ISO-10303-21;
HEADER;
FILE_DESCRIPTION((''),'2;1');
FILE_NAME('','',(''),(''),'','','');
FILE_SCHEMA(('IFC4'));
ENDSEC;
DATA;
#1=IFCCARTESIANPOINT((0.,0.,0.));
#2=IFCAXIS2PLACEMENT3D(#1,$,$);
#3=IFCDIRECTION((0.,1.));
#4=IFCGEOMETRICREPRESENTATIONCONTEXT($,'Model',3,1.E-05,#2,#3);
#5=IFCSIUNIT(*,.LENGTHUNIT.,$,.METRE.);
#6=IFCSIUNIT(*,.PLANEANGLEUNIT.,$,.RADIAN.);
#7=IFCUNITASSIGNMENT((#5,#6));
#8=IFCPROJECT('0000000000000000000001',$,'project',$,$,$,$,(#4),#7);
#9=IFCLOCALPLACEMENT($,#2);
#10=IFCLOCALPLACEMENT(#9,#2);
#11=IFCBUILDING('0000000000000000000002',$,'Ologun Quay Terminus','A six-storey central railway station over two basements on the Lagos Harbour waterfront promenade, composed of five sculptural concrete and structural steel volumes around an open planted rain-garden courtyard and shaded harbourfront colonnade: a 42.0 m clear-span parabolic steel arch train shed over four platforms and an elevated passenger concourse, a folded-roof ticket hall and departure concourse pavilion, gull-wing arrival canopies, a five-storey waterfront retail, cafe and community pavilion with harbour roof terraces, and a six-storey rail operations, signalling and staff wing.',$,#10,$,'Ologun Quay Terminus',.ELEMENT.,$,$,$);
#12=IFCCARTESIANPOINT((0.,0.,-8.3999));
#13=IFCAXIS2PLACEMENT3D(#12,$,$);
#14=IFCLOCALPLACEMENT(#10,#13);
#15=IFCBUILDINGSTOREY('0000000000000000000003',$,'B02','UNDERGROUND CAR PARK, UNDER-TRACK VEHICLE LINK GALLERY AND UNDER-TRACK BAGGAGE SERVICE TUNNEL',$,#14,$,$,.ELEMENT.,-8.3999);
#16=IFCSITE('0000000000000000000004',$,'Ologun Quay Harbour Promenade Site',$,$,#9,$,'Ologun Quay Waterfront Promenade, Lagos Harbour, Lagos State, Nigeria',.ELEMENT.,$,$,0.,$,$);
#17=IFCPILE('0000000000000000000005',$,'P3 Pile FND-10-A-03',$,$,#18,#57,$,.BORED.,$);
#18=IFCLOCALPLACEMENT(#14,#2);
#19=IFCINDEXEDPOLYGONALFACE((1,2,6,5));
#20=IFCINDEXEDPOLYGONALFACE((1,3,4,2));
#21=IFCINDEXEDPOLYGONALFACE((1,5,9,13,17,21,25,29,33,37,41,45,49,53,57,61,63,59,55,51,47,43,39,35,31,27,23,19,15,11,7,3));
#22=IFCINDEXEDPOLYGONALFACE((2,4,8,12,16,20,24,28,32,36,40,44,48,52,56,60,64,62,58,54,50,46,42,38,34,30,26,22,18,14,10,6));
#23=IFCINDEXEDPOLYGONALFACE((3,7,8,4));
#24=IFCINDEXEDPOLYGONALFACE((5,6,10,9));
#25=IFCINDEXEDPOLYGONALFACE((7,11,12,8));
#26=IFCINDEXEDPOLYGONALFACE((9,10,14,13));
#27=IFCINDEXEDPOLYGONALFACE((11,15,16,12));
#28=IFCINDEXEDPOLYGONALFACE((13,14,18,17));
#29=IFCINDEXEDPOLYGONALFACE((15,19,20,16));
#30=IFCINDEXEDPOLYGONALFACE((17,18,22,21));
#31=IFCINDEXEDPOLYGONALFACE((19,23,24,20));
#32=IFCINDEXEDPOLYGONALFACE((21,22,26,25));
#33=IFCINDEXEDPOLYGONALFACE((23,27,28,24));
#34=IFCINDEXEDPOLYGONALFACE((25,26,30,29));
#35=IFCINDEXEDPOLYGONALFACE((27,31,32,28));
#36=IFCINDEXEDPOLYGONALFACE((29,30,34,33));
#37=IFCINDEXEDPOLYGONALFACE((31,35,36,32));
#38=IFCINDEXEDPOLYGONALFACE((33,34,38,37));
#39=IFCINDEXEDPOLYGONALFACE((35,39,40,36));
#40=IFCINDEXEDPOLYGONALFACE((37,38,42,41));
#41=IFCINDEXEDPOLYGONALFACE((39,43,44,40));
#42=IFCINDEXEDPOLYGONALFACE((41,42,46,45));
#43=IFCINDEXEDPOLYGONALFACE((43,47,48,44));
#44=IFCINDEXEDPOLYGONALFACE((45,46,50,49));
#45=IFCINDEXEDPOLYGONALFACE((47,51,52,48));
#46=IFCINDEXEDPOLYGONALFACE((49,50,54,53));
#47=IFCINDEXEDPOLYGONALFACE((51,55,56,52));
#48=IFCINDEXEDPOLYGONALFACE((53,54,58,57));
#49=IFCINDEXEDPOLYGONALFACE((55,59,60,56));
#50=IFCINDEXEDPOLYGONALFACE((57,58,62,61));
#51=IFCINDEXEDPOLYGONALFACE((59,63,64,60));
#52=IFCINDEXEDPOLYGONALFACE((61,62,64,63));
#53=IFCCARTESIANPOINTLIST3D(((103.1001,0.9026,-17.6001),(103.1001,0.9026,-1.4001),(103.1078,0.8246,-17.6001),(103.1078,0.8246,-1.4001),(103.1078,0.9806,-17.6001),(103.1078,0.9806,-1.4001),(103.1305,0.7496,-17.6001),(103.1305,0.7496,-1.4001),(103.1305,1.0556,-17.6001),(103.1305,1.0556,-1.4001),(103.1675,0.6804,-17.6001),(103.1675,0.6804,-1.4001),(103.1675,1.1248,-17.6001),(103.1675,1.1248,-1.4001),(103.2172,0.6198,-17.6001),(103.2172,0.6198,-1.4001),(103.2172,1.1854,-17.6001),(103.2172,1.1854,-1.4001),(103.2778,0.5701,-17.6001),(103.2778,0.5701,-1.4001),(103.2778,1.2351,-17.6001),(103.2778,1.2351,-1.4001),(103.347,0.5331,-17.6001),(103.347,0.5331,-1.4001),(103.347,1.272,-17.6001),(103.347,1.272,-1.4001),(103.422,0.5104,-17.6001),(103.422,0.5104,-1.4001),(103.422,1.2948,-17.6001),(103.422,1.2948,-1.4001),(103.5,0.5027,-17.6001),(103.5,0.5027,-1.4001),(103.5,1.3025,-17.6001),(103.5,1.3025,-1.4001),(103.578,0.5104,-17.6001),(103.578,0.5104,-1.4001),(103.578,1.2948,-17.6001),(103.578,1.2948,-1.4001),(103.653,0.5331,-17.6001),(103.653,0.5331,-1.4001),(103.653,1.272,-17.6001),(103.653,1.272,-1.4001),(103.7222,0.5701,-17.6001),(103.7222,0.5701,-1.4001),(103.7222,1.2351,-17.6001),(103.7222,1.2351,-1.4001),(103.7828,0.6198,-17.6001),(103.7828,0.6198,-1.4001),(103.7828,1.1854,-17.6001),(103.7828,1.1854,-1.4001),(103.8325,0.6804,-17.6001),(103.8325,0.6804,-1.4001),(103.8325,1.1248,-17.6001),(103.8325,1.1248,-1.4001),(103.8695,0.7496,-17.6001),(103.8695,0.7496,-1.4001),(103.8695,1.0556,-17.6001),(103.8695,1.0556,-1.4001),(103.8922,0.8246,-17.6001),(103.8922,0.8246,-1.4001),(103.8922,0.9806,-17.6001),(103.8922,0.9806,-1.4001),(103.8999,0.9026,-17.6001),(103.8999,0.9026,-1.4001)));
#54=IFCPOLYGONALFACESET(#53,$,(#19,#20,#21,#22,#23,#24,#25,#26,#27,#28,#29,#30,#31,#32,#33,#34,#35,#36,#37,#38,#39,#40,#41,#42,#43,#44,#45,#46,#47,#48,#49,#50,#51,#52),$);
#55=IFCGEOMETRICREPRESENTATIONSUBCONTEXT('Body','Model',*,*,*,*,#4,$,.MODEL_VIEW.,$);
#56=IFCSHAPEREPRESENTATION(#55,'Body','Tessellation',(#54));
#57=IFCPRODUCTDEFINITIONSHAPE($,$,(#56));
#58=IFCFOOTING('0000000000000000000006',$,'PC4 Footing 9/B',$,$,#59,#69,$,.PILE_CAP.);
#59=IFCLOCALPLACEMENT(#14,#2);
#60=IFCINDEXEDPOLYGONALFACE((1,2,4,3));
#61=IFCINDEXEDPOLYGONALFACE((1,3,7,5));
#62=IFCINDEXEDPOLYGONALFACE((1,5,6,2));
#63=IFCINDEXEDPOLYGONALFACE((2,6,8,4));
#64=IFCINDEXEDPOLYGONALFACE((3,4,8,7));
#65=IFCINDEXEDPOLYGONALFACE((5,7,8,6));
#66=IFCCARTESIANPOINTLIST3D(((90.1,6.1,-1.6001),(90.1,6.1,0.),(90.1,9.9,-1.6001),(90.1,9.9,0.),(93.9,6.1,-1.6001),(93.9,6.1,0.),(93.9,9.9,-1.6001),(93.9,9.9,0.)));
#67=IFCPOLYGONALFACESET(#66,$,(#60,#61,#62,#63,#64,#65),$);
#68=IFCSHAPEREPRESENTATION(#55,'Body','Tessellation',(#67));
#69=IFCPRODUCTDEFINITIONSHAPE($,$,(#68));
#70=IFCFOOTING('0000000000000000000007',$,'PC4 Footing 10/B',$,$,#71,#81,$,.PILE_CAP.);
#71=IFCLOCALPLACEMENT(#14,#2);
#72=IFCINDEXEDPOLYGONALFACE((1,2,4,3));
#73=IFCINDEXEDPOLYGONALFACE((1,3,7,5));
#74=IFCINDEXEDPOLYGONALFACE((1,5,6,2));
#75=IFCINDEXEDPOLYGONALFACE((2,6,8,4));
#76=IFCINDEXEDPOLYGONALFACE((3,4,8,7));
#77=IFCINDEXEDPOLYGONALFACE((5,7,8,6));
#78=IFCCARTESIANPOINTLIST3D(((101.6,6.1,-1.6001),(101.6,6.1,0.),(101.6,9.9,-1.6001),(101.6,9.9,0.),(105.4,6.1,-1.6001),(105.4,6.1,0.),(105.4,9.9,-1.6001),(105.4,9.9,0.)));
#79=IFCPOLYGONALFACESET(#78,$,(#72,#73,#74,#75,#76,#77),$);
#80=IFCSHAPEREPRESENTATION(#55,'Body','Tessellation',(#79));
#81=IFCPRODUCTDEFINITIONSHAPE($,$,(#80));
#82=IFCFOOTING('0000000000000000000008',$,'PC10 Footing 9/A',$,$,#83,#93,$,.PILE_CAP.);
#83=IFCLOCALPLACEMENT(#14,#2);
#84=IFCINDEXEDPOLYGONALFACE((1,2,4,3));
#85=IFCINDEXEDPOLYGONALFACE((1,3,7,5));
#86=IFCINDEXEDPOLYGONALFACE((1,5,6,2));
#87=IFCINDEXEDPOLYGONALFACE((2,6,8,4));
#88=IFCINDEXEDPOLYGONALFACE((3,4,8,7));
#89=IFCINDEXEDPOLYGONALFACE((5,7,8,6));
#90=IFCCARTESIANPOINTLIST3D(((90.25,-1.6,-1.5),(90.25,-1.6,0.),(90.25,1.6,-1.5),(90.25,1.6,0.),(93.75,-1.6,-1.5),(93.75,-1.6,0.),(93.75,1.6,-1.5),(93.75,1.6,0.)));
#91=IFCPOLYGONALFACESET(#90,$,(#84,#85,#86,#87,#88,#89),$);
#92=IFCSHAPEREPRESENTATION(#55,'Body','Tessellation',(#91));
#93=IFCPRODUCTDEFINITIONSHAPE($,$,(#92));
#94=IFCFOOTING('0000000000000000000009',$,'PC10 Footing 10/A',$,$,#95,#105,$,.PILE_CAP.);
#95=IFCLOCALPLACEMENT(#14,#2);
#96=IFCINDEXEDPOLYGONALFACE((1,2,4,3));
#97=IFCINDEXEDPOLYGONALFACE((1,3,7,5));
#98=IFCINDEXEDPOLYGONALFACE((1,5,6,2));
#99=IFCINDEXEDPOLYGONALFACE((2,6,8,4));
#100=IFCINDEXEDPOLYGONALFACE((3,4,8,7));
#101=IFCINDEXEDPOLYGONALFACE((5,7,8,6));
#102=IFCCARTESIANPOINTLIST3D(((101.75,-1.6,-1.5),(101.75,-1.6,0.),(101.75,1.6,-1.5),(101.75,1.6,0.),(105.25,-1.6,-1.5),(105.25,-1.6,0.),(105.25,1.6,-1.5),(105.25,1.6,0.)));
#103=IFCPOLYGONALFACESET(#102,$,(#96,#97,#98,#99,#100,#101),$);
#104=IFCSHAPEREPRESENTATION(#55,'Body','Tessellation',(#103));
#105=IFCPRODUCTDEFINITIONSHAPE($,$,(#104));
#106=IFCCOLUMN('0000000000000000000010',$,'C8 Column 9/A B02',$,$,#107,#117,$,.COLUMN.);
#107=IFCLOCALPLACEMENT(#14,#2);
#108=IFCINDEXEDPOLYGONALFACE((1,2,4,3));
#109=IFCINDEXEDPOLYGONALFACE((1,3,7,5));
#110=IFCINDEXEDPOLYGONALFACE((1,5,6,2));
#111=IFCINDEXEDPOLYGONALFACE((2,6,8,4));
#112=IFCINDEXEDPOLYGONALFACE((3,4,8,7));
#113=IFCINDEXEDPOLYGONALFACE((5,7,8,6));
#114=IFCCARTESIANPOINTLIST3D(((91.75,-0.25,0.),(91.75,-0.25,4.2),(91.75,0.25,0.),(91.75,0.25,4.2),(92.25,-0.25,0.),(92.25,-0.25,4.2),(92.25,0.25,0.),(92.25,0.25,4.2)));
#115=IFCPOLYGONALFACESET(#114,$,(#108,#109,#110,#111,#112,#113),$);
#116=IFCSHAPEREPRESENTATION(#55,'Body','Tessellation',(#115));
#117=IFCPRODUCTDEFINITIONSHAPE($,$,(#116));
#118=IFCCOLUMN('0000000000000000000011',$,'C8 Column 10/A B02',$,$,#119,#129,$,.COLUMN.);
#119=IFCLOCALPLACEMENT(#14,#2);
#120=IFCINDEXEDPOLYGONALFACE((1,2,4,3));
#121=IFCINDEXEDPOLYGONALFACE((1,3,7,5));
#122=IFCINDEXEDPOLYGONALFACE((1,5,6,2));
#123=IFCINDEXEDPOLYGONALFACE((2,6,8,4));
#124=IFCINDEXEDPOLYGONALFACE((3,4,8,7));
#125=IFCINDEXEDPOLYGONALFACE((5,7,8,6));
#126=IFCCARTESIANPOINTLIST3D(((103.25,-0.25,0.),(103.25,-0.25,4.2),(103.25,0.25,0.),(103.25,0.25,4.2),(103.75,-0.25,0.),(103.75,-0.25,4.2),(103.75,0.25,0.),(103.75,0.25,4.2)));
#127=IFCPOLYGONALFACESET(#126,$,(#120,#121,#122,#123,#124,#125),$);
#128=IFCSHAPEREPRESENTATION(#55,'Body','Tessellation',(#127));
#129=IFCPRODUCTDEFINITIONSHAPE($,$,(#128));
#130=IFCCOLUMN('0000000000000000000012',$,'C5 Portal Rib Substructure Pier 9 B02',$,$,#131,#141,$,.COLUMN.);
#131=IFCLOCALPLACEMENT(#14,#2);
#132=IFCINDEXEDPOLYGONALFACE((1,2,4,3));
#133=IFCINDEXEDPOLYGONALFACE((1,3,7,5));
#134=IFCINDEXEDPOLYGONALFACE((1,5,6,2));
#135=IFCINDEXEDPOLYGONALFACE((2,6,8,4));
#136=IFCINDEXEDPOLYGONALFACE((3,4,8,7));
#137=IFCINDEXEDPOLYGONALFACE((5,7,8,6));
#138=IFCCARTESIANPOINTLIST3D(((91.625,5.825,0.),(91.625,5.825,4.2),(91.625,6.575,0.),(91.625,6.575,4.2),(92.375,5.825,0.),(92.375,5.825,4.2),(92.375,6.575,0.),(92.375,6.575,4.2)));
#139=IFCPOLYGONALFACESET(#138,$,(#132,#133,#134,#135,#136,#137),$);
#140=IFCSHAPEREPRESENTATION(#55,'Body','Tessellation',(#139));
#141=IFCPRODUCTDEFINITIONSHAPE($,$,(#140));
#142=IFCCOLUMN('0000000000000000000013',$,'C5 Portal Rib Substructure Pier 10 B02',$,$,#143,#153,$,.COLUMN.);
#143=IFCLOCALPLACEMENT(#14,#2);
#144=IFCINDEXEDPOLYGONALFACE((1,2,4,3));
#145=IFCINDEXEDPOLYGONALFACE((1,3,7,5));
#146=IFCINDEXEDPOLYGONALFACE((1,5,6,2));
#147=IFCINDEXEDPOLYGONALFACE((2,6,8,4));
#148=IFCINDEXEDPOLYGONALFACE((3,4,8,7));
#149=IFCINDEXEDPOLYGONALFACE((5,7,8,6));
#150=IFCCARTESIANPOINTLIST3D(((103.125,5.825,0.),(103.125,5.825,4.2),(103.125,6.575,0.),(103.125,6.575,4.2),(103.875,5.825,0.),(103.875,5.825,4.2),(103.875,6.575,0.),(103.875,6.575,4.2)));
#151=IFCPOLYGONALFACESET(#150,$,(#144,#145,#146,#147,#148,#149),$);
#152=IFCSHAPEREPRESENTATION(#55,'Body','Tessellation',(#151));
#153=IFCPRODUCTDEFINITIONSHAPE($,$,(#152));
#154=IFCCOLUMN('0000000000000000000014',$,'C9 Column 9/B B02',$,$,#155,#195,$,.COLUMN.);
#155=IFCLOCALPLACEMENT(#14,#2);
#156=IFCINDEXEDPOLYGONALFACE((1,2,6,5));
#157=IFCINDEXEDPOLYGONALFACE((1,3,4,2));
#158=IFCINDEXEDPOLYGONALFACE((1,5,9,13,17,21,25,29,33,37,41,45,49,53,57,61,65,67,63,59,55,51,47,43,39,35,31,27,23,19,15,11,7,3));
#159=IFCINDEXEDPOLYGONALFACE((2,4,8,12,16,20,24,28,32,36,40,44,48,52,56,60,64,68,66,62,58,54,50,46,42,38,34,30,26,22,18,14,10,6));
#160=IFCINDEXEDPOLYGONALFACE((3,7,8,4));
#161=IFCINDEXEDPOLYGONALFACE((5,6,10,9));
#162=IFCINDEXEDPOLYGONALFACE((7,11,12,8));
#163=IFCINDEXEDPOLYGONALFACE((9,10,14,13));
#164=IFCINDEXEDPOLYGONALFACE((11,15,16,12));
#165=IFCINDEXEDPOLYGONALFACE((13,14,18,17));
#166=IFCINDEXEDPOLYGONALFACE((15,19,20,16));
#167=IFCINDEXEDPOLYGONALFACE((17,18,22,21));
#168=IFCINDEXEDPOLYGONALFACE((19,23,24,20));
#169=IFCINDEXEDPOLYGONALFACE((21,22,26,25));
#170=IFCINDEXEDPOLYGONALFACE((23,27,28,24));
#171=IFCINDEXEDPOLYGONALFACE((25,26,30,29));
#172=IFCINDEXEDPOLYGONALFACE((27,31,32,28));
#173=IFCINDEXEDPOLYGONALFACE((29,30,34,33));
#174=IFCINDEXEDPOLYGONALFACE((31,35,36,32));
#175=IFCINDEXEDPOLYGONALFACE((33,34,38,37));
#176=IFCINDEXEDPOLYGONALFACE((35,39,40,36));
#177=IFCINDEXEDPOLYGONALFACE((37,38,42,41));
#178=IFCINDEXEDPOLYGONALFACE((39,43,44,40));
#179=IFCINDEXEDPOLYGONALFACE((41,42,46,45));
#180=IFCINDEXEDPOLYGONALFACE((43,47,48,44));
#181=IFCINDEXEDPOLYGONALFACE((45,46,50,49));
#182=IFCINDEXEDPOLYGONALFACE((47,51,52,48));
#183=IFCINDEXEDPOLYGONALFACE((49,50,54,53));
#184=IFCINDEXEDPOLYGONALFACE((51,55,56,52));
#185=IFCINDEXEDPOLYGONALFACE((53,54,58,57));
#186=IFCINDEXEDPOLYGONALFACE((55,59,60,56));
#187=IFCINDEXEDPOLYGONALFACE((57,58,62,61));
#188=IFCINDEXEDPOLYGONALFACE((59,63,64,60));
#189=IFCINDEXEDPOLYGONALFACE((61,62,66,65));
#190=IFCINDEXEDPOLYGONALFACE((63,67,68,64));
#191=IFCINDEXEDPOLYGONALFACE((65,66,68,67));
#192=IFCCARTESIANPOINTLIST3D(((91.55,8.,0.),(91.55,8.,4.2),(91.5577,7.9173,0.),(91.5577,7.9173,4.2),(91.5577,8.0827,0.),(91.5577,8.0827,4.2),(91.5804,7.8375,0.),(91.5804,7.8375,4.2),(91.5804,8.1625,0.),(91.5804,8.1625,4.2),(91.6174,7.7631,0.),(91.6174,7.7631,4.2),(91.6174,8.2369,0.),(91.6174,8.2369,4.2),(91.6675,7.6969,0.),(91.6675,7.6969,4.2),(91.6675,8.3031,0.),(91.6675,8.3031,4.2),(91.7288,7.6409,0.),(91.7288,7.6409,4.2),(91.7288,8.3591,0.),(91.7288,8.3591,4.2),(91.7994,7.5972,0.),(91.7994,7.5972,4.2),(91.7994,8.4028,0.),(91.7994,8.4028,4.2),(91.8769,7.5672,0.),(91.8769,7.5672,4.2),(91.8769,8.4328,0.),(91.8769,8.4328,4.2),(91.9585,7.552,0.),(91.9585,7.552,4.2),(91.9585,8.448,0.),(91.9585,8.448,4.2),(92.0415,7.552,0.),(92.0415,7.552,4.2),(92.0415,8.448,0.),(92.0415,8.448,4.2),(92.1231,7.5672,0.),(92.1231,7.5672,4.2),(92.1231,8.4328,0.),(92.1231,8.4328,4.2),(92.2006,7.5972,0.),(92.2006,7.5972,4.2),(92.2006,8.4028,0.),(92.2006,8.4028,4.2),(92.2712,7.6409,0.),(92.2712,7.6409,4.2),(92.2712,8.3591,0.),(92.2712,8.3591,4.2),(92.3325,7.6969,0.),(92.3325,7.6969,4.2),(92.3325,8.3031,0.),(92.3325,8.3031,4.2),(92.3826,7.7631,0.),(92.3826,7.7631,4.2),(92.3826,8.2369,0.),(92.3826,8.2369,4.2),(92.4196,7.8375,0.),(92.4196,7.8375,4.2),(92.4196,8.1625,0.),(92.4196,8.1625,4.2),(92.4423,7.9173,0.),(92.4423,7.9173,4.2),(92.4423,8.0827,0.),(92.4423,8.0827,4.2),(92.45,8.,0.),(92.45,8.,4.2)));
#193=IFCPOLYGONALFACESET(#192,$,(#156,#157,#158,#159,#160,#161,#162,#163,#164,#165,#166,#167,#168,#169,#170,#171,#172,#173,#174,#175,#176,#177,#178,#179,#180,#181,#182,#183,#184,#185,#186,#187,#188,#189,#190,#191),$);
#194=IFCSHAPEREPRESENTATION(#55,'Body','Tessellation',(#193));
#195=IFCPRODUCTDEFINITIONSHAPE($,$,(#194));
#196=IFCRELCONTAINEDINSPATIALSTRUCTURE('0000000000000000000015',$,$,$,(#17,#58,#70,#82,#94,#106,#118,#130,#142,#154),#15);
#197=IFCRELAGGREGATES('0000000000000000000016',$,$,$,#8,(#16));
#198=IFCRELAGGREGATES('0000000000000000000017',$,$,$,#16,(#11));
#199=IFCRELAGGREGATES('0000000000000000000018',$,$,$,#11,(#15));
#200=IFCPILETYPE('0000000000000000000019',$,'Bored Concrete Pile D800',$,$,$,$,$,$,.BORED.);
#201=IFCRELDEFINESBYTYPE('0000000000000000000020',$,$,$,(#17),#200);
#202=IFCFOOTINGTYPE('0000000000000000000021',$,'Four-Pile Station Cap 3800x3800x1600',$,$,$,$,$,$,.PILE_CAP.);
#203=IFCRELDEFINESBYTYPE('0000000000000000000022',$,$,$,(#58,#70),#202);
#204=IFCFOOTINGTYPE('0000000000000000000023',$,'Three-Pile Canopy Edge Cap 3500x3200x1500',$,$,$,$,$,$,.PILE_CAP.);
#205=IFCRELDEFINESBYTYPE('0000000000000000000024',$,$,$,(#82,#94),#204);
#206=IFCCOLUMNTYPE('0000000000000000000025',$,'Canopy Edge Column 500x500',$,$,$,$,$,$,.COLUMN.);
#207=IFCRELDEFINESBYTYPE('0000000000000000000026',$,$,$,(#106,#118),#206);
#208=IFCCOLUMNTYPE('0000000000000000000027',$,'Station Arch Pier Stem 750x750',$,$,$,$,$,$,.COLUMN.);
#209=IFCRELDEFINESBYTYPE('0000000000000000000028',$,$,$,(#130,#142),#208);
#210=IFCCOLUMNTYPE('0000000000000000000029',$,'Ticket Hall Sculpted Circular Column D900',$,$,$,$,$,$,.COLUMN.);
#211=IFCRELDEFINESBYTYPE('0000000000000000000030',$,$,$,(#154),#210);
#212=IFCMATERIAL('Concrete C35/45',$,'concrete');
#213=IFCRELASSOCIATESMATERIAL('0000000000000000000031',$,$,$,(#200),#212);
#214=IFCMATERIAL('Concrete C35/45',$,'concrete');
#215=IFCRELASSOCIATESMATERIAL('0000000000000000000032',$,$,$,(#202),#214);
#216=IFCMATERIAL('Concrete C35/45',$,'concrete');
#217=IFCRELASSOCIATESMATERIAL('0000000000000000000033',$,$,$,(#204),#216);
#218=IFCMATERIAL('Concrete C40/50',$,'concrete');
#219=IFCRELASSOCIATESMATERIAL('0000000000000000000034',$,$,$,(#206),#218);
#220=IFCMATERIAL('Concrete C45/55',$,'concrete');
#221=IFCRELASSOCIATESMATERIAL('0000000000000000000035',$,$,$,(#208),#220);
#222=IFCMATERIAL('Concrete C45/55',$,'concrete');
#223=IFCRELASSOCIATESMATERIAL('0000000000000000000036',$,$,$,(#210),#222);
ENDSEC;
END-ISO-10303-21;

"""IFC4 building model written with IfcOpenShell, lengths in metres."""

from ifc_helpers import new_model, si_unit, direction, frame, origin, origin_2d, place, context, subcontext, project, spatial, rectangle, circle, extrude, material, material_profile, profile_set, type_object, element, save


model = new_model("IFC4")

# Units and contexts
model_context = context("Model", 3, precision=1e-05, world=origin(), true_north=direction((0.0, 1.0)))
body_context = subcontext(model_context, "Body", "Model", "MODEL_VIEW")
ifc_project = project(units=[si_unit("LENGTHUNIT", "METRE"), si_unit("PLANEANGLEUNIT", "RADIAN")], contexts=[model_context])

# Site, building, storey
site_placement = place(None, origin())
site = spatial("IfcSite", under=ifc_project, at=site_placement, Name="Ologun Quay Harbour Promenade Site", LongName="Ologun Quay Waterfront Promenade, Lagos Harbour, Lagos State, Nigeria", CompositionType="ELEMENT", RefElevation=0.0)
building_placement = place(site_placement, origin())
building = spatial("IfcBuilding", under=site, at=building_placement, Name="Ologun Quay Terminus", Description="A six-storey central railway station over two basements on the Lagos Harbour waterfront promenade, composed of five sculptural concrete and structural steel volumes around an open planted rain-garden courtyard and shaded harbourfront colonnade: a 42.0 m clear-span parabolic steel arch train shed over four platforms and an elevated passenger concourse, a folded-roof ticket hall and departure concourse pavilion, gull-wing arrival canopies, a five-storey waterfront retail, cafe and community pavilion with harbour roof terraces, and a six-storey rail operations, signalling and staff wing.", LongName="Ologun Quay Terminus", CompositionType="ELEMENT")
storey_placement = place(building_placement, frame((0.0, 0.0, -8.3999)))
storey = spatial("IfcBuildingStorey", under=building, at=storey_placement, Name="B02", Description="UNDERGROUND CAR PARK, UNDER-TRACK VEHICLE LINK GALLERY AND UNDER-TRACK BAGGAGE SERVICE TUNNEL", CompositionType="ELEMENT", Elevation=-8.3999)

# Pile
ifc_material_1 = material(Name="Concrete C35/45", Category="concrete")
ifc_material_profile_1 = material_profile(ifc_material_1, circle(Radius=0.3999, at=origin_2d()), Name="PILE D800")
ifc_profile_set_1 = profile_set([ifc_material_profile_1], Name="Concrete C35/45")
pile_type_1 = type_object("IfcPileType", Name="Bored Concrete Pile D800", PredefinedType="BORED", material=ifc_profile_set_1)
for number, where, z_axis, x_axis, name in (
    (1, (103.5, 0.9026, -1.4001), (0.0, 0.0, -1.0), (1.0, 0.0, 0.0), "P3 Pile FND-10-A-03"),
):
    element("IfcPile", number, at=place(storey_placement, frame(where, z_axis=z_axis, x_axis=x_axis)), inside=storey, type_object=pile_type_1, Name=name, PredefinedType="BORED", context=body_context, shape_type="SweptSolid", body=[
        extrude(circle(Radius=0.3999, at=origin_2d()), origin(), (0.0, 0.0, 1.0), 16.2),
    ])

# Footings
ifc_material_2 = material(Name="Concrete C35/45", Category="concrete")
footing_type_1 = type_object("IfcFootingType", Name="Four-Pile Station Cap 3800x3800x1600", PredefinedType="PILE_CAP", material=ifc_material_2)
for number, where, z_axis, x_axis, name in (
    (2, (92.0, 8.0, -1.6001), (0.0, 0.0, 1.0), (1.0, 0.0, 0.0), "PC4 Footing 9/B"),
    (3, (103.5, 8.0, -1.6001), (0.0, 0.0, 1.0), (1.0, 0.0, 0.0), "PC4 Footing 10/B"),
):
    element("IfcFooting", number, at=place(storey_placement, frame(where, z_axis=z_axis, x_axis=x_axis)), inside=storey, type_object=footing_type_1, Name=name, PredefinedType="PILE_CAP", context=body_context, shape_type="SweptSolid", body=[
        extrude(rectangle(XDim=3.8, YDim=3.8, at=origin_2d()), origin(), (0.0, 0.0, 1.0), 1.6001),
    ])
ifc_material_3 = material(Name="Concrete C35/45", Category="concrete")
footing_type_2 = type_object("IfcFootingType", Name="Three-Pile Canopy Edge Cap 3500x3200x1500", PredefinedType="PILE_CAP", material=ifc_material_3)
for number, where, z_axis, x_axis, name in (
    (4, (92.0, 0.0, -1.5), (0.0, 0.0, 1.0), (1.0, 0.0, 0.0), "PC10 Footing 9/A"),
    (5, (103.5, 0.0, -1.5), (0.0, 0.0, 1.0), (1.0, 0.0, 0.0), "PC10 Footing 10/A"),
):
    element("IfcFooting", number, at=place(storey_placement, frame(where, z_axis=z_axis, x_axis=x_axis)), inside=storey, type_object=footing_type_2, Name=name, PredefinedType="PILE_CAP", context=body_context, shape_type="SweptSolid", body=[
        extrude(rectangle(XDim=3.5, YDim=3.2, at=origin_2d()), origin(), (0.0, 0.0, 1.0), 1.5),
    ])

# Columns
ifc_material_4 = material(Name="Concrete C40/50", Category="concrete")
ifc_material_profile_2 = material_profile(ifc_material_4, rectangle(XDim=0.5, YDim=0.5, at=origin_2d()), Name="RC 500x500")
ifc_profile_set_2 = profile_set([ifc_material_profile_2], Name="Concrete C40/50")
column_type_1 = type_object("IfcColumnType", Name="Canopy Edge Column 500x500", PredefinedType="COLUMN", material=ifc_profile_set_2)
for number, where, z_axis, x_axis, name in (
    (6, (92.0, 0.0, 0.0), (0.0, 0.0, 1.0), (1.0, 0.0, 0.0), "C8 Column 9/A B02"),
    (7, (103.5, 0.0, 0.0), (0.0, 0.0, 1.0), (1.0, 0.0, 0.0), "C8 Column 10/A B02"),
):
    element("IfcColumn", number, at=place(storey_placement, frame(where, z_axis=z_axis, x_axis=x_axis)), inside=storey, type_object=column_type_1, Name=name, PredefinedType="COLUMN", context=body_context, shape_type="SweptSolid", body=[
        extrude(rectangle(XDim=0.5, YDim=0.5, at=origin_2d()), origin(), (0.0, 0.0, 1.0), 4.2),
    ])
ifc_material_5 = material(Name="Concrete C45/55", Category="concrete")
ifc_material_profile_3 = material_profile(ifc_material_5, rectangle(XDim=0.75, YDim=0.75, at=origin_2d()), Name="RC 750x750")
ifc_profile_set_3 = profile_set([ifc_material_profile_3], Name="Concrete C45/55")
column_type_2 = type_object("IfcColumnType", Name="Station Arch Pier Stem 750x750", PredefinedType="COLUMN", material=ifc_profile_set_3)
for number, where, z_axis, x_axis, name in (
    (8, (92.0, 6.2, 0.0), (0.0, 0.0, 1.0), (1.0, 0.0, 0.0), "C5 Portal Rib Substructure Pier 9 B02"),
    (9, (103.5, 6.2, 0.0), (0.0, 0.0, 1.0), (1.0, 0.0, 0.0), "C5 Portal Rib Substructure Pier 10 B02"),
):
    element("IfcColumn", number, at=place(storey_placement, frame(where, z_axis=z_axis, x_axis=x_axis)), inside=storey, type_object=column_type_2, Name=name, PredefinedType="COLUMN", context=body_context, shape_type="SweptSolid", body=[
        extrude(rectangle(XDim=0.75, YDim=0.75, at=origin_2d()), origin(), (0.0, 0.0, 1.0), 4.2),
    ])
ifc_material_6 = material(Name="Concrete C45/55", Category="concrete")
ifc_material_profile_4 = material_profile(ifc_material_6, circle(Radius=0.45, at=origin_2d()), Name="RC D900")
ifc_profile_set_4 = profile_set([ifc_material_profile_4], Name="Concrete C45/55")
column_type_3 = type_object("IfcColumnType", Name="Ticket Hall Sculpted Circular Column D900", PredefinedType="COLUMN", material=ifc_profile_set_4)
for number, where, z_axis, x_axis, name in (
    (10, (92.0, 8.0, 0.0), (0.0, 0.0, 1.0), (1.0, 0.0, 0.0), "C9 Column 9/B B02"),
):
    element("IfcColumn", number, at=place(storey_placement, frame(where, z_axis=z_axis, x_axis=x_axis)), inside=storey, type_object=column_type_3, Name=name, PredefinedType="COLUMN", context=body_context, shape_type="SweptSolid", body=[
        extrude(circle(Radius=0.45, at=origin_2d()), origin(), (0.0, 0.0, 1.0), 4.2),
    ])

save(model, "model.ifc")
